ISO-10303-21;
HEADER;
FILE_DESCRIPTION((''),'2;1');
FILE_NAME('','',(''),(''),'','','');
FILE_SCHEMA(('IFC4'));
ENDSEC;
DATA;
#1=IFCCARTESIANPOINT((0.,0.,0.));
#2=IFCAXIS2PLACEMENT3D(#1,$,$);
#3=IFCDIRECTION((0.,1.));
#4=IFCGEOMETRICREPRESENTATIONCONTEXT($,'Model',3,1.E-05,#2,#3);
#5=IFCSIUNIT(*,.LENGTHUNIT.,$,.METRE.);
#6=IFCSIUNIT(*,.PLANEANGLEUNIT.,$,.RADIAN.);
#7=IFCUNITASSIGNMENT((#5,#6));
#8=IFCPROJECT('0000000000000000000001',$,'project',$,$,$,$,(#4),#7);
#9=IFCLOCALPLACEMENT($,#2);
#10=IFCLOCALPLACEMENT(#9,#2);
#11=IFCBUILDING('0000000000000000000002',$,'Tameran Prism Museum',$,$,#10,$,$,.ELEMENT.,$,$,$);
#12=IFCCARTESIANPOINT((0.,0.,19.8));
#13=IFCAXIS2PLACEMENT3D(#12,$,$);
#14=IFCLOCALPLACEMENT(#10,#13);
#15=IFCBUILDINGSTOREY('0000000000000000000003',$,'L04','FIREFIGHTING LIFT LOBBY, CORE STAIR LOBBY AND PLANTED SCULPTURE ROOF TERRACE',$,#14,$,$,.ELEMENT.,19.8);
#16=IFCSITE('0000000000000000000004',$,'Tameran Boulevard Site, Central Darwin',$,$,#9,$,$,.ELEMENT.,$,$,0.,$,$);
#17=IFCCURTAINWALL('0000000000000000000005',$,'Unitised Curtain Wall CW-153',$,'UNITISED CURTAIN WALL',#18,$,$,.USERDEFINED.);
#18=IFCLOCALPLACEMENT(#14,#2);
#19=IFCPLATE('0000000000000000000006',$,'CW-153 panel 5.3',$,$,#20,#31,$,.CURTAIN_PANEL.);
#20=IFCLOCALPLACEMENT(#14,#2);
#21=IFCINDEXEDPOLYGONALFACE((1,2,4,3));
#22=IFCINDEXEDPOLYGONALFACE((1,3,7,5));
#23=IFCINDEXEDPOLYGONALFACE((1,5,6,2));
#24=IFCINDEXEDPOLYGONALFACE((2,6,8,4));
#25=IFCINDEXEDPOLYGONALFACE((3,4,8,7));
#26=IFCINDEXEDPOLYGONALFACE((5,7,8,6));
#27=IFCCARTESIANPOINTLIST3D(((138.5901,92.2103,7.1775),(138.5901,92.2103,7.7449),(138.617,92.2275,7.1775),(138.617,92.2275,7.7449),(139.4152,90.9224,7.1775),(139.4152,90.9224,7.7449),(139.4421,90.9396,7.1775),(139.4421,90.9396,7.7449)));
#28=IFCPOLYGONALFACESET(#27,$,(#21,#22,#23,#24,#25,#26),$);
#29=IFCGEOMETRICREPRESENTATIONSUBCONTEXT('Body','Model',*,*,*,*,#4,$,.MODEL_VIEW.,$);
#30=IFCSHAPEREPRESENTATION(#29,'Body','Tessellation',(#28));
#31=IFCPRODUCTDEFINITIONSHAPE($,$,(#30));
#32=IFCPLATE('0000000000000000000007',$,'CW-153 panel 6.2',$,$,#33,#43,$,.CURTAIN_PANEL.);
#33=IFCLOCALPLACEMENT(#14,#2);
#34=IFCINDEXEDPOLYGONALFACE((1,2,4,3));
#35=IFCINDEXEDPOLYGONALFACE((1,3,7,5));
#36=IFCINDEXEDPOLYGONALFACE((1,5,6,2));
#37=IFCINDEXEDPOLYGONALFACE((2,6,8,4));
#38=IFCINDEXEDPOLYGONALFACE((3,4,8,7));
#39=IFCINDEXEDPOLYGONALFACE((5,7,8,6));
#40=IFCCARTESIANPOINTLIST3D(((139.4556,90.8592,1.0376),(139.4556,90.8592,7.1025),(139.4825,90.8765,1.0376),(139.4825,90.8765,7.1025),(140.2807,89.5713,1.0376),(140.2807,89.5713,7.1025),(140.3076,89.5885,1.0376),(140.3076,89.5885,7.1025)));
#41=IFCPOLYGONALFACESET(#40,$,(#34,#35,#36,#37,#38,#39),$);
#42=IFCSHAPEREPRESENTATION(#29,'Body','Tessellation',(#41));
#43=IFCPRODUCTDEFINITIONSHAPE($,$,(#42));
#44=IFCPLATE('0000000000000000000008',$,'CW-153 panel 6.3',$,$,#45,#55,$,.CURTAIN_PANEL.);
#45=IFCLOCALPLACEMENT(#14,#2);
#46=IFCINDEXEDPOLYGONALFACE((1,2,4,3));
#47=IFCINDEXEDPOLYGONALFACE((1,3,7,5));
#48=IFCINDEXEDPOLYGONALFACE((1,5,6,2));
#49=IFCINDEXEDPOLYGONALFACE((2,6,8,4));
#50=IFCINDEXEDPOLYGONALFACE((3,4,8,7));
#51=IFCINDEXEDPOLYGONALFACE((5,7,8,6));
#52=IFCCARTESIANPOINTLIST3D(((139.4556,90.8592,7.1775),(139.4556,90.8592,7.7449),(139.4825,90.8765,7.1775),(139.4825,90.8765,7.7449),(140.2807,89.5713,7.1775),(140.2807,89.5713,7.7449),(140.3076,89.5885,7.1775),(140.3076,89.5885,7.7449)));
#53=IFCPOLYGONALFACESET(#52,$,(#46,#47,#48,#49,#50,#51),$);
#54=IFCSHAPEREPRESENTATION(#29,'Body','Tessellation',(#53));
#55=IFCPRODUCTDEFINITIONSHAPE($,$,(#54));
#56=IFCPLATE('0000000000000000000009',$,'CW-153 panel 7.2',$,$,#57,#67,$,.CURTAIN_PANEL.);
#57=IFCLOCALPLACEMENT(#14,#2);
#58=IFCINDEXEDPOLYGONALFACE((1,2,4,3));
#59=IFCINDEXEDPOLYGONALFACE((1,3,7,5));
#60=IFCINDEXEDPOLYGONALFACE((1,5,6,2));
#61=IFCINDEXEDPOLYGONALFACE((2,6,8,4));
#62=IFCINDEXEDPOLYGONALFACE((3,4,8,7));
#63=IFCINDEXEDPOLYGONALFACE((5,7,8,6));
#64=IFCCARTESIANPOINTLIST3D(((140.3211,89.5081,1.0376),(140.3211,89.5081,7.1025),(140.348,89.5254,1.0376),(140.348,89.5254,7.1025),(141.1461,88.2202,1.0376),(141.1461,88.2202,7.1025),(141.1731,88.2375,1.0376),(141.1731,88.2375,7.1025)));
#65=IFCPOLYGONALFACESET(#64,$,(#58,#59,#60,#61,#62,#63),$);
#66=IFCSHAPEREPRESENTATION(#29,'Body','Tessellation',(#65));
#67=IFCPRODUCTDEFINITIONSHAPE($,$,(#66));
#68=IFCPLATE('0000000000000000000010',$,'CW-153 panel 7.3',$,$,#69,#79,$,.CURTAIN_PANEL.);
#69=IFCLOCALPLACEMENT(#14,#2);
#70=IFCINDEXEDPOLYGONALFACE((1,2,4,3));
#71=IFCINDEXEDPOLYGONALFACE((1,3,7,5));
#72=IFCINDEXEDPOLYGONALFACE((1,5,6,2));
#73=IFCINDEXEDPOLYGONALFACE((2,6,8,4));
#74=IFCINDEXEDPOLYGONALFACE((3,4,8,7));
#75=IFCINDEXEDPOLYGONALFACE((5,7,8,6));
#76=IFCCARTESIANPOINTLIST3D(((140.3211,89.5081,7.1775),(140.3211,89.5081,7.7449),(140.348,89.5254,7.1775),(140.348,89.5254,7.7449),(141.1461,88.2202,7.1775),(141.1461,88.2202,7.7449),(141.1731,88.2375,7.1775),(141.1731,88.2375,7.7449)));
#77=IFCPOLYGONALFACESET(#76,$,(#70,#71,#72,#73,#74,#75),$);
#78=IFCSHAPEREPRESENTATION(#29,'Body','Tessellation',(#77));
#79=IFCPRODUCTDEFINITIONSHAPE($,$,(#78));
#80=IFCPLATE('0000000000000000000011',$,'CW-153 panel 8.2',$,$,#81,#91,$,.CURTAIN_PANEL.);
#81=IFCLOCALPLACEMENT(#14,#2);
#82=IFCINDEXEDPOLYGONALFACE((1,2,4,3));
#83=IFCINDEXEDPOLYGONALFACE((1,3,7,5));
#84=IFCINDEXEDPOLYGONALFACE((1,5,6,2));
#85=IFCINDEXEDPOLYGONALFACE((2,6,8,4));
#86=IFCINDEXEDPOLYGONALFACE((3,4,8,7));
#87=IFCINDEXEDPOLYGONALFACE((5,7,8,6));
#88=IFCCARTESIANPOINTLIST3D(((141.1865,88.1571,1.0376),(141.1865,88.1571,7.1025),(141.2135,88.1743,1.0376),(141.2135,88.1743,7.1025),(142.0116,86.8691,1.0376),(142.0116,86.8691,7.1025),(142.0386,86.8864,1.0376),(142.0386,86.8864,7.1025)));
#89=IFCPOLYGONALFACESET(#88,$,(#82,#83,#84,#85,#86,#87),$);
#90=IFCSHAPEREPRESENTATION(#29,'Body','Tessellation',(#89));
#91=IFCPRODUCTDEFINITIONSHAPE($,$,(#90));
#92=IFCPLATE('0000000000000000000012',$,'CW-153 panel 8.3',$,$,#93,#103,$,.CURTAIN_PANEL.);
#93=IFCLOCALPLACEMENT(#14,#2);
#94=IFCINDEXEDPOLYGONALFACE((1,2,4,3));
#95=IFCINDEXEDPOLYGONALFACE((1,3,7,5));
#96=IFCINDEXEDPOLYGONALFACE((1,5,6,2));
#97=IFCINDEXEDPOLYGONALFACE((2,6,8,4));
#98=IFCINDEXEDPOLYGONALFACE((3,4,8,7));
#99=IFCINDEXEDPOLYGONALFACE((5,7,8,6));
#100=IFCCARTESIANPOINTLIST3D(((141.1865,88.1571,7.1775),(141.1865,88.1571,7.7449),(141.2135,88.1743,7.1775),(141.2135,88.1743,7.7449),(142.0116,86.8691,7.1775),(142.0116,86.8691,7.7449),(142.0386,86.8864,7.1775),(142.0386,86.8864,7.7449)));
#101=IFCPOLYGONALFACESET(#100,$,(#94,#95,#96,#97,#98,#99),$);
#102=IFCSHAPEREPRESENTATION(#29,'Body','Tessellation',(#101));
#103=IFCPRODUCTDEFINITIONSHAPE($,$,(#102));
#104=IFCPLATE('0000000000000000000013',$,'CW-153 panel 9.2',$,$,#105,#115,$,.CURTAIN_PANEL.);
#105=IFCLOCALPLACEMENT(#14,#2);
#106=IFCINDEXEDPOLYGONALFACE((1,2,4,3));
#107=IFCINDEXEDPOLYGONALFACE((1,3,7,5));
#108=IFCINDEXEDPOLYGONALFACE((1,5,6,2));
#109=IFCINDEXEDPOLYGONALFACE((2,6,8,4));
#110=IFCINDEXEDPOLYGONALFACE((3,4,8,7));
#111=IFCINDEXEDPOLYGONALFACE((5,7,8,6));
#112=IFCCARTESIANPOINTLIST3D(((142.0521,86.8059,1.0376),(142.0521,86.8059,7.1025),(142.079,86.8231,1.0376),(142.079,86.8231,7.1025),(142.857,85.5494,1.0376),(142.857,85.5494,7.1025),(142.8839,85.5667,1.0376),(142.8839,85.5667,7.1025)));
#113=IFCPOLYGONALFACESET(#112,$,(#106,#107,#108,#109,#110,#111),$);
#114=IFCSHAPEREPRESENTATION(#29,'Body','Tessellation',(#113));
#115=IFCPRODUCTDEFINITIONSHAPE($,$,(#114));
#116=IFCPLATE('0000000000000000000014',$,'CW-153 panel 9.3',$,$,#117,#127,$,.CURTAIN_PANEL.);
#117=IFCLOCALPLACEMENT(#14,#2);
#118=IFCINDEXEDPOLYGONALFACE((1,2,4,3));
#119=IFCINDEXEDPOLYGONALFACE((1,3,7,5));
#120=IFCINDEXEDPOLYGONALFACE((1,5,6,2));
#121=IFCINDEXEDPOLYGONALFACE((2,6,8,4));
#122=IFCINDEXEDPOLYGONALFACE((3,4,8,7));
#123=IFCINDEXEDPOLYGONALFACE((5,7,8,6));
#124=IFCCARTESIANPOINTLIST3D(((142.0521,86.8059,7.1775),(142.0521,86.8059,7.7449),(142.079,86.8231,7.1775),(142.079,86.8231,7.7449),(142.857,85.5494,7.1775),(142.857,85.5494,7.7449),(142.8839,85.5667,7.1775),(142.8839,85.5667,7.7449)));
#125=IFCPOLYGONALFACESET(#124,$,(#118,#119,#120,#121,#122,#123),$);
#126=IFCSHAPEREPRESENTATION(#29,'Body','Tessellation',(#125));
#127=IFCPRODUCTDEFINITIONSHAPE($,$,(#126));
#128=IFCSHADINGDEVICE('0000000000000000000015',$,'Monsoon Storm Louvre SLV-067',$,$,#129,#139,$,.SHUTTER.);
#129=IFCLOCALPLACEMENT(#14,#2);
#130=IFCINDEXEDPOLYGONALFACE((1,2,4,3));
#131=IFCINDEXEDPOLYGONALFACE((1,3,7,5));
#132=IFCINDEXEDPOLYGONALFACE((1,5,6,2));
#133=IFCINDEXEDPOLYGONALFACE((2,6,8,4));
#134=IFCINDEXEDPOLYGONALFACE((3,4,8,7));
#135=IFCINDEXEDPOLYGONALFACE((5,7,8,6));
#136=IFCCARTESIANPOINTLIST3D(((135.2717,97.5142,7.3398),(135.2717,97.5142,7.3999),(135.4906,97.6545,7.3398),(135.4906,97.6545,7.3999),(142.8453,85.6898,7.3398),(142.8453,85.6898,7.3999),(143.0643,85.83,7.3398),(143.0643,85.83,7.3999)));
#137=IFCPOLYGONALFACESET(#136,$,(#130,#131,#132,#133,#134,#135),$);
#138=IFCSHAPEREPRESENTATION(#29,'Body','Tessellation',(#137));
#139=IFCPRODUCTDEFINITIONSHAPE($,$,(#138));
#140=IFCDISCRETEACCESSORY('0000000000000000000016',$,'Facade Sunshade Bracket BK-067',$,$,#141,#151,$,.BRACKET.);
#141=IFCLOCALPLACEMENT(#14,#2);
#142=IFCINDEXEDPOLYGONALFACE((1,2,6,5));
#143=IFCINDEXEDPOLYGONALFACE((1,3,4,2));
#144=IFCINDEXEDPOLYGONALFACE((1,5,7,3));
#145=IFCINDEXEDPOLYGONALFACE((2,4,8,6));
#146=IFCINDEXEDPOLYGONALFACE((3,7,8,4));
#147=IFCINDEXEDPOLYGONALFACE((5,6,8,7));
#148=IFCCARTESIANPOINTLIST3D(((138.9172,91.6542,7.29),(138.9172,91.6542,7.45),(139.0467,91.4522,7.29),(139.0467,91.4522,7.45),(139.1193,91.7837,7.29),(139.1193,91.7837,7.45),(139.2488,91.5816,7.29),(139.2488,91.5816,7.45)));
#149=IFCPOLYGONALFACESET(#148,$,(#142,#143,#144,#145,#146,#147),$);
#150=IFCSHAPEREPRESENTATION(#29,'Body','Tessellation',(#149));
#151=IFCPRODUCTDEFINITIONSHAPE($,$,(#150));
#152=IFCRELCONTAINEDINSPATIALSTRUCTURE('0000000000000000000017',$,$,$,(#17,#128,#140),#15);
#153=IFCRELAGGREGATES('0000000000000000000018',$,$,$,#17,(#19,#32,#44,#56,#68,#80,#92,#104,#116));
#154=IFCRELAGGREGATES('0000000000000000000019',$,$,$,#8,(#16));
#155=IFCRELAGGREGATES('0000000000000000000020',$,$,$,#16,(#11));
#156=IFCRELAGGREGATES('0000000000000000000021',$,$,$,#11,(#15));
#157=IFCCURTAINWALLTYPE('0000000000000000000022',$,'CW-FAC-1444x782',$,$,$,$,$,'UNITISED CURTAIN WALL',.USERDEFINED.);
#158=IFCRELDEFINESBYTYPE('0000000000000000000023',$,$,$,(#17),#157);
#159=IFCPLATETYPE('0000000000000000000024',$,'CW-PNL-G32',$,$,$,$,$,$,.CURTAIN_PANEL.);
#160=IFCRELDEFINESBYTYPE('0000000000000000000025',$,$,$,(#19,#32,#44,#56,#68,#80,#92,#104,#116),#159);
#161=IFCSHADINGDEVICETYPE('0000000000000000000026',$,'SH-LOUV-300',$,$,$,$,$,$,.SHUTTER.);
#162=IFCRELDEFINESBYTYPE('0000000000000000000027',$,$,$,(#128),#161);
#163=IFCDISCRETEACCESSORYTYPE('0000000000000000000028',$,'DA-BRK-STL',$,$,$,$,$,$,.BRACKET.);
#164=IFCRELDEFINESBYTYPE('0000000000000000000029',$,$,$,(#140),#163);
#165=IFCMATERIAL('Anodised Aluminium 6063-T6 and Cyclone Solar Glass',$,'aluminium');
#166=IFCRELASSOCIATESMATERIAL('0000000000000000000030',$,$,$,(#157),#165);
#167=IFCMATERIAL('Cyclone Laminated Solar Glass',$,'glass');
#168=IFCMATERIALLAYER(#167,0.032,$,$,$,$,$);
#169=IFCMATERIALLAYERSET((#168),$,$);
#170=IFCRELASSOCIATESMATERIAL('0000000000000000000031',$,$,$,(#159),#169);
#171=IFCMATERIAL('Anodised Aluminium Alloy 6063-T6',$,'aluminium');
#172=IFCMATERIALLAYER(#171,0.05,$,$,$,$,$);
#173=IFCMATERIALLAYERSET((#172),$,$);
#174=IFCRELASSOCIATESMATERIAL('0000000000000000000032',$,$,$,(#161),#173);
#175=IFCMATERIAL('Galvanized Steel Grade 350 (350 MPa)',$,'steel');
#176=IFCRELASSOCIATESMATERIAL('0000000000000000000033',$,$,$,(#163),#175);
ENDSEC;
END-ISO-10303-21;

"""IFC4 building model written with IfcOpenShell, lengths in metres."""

from ifc_helpers import new_model, si_unit, direction, frame, origin, origin_2d, place, context, subcontext, project, spatial, rectangle, extrude, material, layer, layer_set, type_object, element, aggregate, save


model = new_model("IFC4")

# Units and contexts
model_context = context("Model", 3, precision=1e-05, world=origin(), true_north=direction((0.0, 1.0)))
body_context = subcontext(model_context, "Body", "Model", "MODEL_VIEW")
ifc_project = project(units=[si_unit("LENGTHUNIT", "METRE"), si_unit("PLANEANGLEUNIT", "RADIAN")], contexts=[model_context])

# Site, building, storey
site_placement = place(None, origin())
site = spatial("IfcSite", under=ifc_project, at=site_placement, Name="Tameran Boulevard Site, Central Darwin", CompositionType="ELEMENT", RefElevation=0.0)
building_placement = place(site_placement, origin())
building = spatial("IfcBuilding", under=site, at=building_placement, Name="Tameran Prism Museum", CompositionType="ELEMENT")
storey_placement = place(building_placement, frame((0.0, 0.0, 19.8)))
storey = spatial("IfcBuildingStorey", under=building, at=storey_placement, Name="L04", Description="FIREFIGHTING LIFT LOBBY, CORE STAIR LOBBY AND PLANTED SCULPTURE ROOF TERRACE", CompositionType="ELEMENT", Elevation=19.8)

# Curtain wall, plates
ifc_material_1 = material(Name="Anodised Aluminium 6063-T6 and Cyclone Solar Glass", Category="aluminium")
curtain_wall_type = type_object("IfcCurtainWallType", Name="CW-FAC-1444x782", ElementType="UNITISED CURTAIN WALL", PredefinedType="USERDEFINED", material=ifc_material_1)
curtain_wall_placement = place(storey_placement, origin())
curtain_wall = element("IfcCurtainWall", 1, at=curtain_wall_placement, inside=storey, type_object=curtain_wall_type, Name="Unitised Curtain Wall CW-153", ObjectType="UNITISED CURTAIN WALL", PredefinedType="USERDEFINED")
ifc_material_2 = material(Name="Cyclone Laminated Solar Glass", Category="glass")
ifc_layer_1 = layer(ifc_material_2, 0.032)
ifc_layer_set_1 = layer_set([ifc_layer_1])
plate_type = type_object("IfcPlateType", Name="CW-PNL-G32", PredefinedType="CURTAIN_PANEL", material=ifc_layer_set_1)
plate_1_placement = place(storey_placement, frame((139.0161, 91.575, 7.1775), z_axis=(0.0, 0.0, 1.0), x_axis=(0.539427, -0.842032, 0.0)))
plate_1 = element("IfcPlate", 2, at=plate_1_placement, type_object=plate_type, Name="CW-153 panel 5.3", PredefinedType="CURTAIN_PANEL", context=body_context, shape_type="SweptSolid", body=[
    extrude(rectangle(XDim=1.5295, YDim=0.032, at=origin_2d()), origin(), (0.0, 0.0, 1.0), 0.5674),
])
plate_2_placement = place(storey_placement, frame((139.8816, 90.2239, 1.0376), z_axis=(0.0, 0.0, 1.0), x_axis=(0.539427, -0.842032, 0.0)))
plate_2 = element("IfcPlate", 3, at=plate_2_placement, type_object=plate_type, Name="CW-153 panel 6.2", PredefinedType="CURTAIN_PANEL", context=body_context, shape_type="SweptSolid", body=[
    extrude(rectangle(XDim=1.5295, YDim=0.032, at=origin_2d()), origin(), (0.0, 0.0, 1.0), 6.0649),
])
plate_3_placement = place(storey_placement, frame((139.8816, 90.2239, 7.1775), z_axis=(0.0, 0.0, 1.0), x_axis=(0.539427, -0.842032, 0.0)))
plate_3 = element("IfcPlate", 4, at=plate_3_placement, type_object=plate_type, Name="CW-153 panel 6.3", PredefinedType="CURTAIN_PANEL", context=body_context, shape_type="SweptSolid", body=[
    extrude(rectangle(XDim=1.5295, YDim=0.032, at=origin_2d()), origin(), (0.0, 0.0, 1.0), 0.5674),
])
plate_4_placement = place(storey_placement, frame((140.7471, 88.8728, 1.0376), z_axis=(0.0, 0.0, 1.0), x_axis=(0.539427, -0.842032, 0.0)))
plate_4 = element("IfcPlate", 5, at=plate_4_placement, type_object=plate_type, Name="CW-153 panel 7.2", PredefinedType="CURTAIN_PANEL", context=body_context, shape_type="SweptSolid", body=[
    extrude(rectangle(XDim=1.5295, YDim=0.032, at=origin_2d()), origin(), (0.0, 0.0, 1.0), 6.0649),
])
plate_5_placement = place(storey_placement, frame((140.7471, 88.8728, 7.1775), z_axis=(0.0, 0.0, 1.0), x_axis=(0.539427, -0.842032, 0.0)))
plate_5 = element("IfcPlate", 6, at=plate_5_placement, type_object=plate_type, Name="CW-153 panel 7.3", PredefinedType="CURTAIN_PANEL", context=body_context, shape_type="SweptSolid", body=[
    extrude(rectangle(XDim=1.5295, YDim=0.032, at=origin_2d()), origin(), (0.0, 0.0, 1.0), 0.5674),
])
plate_6_placement = place(storey_placement, frame((141.6125, 87.5217, 1.0376), z_axis=(0.0, 0.0, 1.0), x_axis=(0.539427, -0.842032, 0.0)))
plate_6 = element("IfcPlate", 7, at=plate_6_placement, type_object=plate_type, Name="CW-153 panel 8.2", PredefinedType="CURTAIN_PANEL", context=body_context, shape_type="SweptSolid", body=[
    extrude(rectangle(XDim=1.5295, YDim=0.032, at=origin_2d()), origin(), (0.0, 0.0, 1.0), 6.0649),
])
plate_7_placement = place(storey_placement, frame((141.6125, 87.5217, 7.1775), z_axis=(0.0, 0.0, 1.0), x_axis=(0.539427, -0.842032, 0.0)))
plate_7 = element("IfcPlate", 8, at=plate_7_placement, type_object=plate_type, Name="CW-153 panel 8.3", PredefinedType="CURTAIN_PANEL", context=body_context, shape_type="SweptSolid", body=[
    extrude(rectangle(XDim=1.5295, YDim=0.032, at=origin_2d()), origin(), (0.0, 0.0, 1.0), 0.5674),
])
plate_8_placement = place(storey_placement, frame((142.468, 86.1863, 1.0376), z_axis=(0.0, 0.0, 1.0), x_axis=(0.539427, -0.842032, 0.0)))
plate_8 = element("IfcPlate", 9, at=plate_8_placement, type_object=plate_type, Name="CW-153 panel 9.2", PredefinedType="CURTAIN_PANEL", context=body_context, shape_type="SweptSolid", body=[
    extrude(rectangle(XDim=1.4922, YDim=0.032, at=origin_2d()), origin(), (0.0, 0.0, 1.0), 6.0649),
])
plate_9_placement = place(storey_placement, frame((142.468, 86.1863, 7.1775), z_axis=(0.0, 0.0, 1.0), x_axis=(0.539427, -0.842032, 0.0)))
plate_9 = element("IfcPlate", 10, at=plate_9_placement, type_object=plate_type, Name="CW-153 panel 9.3", PredefinedType="CURTAIN_PANEL", context=body_context, shape_type="SweptSolid", body=[
    extrude(rectangle(XDim=1.4922, YDim=0.032, at=origin_2d()), origin(), (0.0, 0.0, 1.0), 0.5674),
])
aggregate(curtain_wall, [plate_1, plate_2, plate_3, plate_4, plate_5, plate_6, plate_7, plate_8, plate_9])

# Shading device
ifc_material_3 = material(Name="Anodised Aluminium Alloy 6063-T6", Category="aluminium")
ifc_layer_2 = layer(ifc_material_3, 0.05)
ifc_layer_set_2 = layer_set([ifc_layer_2])
shading_device_type = type_object("IfcShadingDeviceType", Name="SH-LOUV-300", PredefinedType="SHUTTER", material=ifc_layer_set_2)
shading_device_placement = place(storey_placement, frame((139.168, 91.6721, 7.3398), z_axis=(0.0, 0.0, 1.0), x_axis=(0.539359, -0.842076, 0.0)))
element("IfcShadingDevice", 11, at=shading_device_placement, inside=storey, type_object=shading_device_type, Name="Monsoon Storm Louvre SLV-067", PredefinedType="SHUTTER", context=body_context, shape_type="SweptSolid", body=[
    extrude(rectangle(XDim=14.042, YDim=0.26, at=origin_2d()), origin(), (0.0, 0.0, 1.0), 0.0601),
])

# Discrete accessory
ifc_material_4 = material(Name="Galvanized Steel Grade 350 (350 MPa)", Category="steel")
discrete_accessory_type = type_object("IfcDiscreteAccessoryType", Name="DA-BRK-STL", PredefinedType="BRACKET", material=ifc_material_4)
discrete_accessory_placement = place(storey_placement, frame((139.083, 91.6179, 7.29), z_axis=(0.0, 0.0, 1.0), x_axis=(0.539359, -0.842076, 0.0)))
element("IfcDiscreteAccessory", 12, at=discrete_accessory_placement, inside=storey, type_object=discrete_accessory_type, Name="Facade Sunshade Bracket BK-067", PredefinedType="BRACKET", context=body_context, shape_type="SweptSolid", body=[
    extrude(rectangle(XDim=0.24, YDim=0.24, at=origin_2d()), origin(), (0.0, 0.0, 1.0), 0.1599),
])

save(model, "model.ifc")
